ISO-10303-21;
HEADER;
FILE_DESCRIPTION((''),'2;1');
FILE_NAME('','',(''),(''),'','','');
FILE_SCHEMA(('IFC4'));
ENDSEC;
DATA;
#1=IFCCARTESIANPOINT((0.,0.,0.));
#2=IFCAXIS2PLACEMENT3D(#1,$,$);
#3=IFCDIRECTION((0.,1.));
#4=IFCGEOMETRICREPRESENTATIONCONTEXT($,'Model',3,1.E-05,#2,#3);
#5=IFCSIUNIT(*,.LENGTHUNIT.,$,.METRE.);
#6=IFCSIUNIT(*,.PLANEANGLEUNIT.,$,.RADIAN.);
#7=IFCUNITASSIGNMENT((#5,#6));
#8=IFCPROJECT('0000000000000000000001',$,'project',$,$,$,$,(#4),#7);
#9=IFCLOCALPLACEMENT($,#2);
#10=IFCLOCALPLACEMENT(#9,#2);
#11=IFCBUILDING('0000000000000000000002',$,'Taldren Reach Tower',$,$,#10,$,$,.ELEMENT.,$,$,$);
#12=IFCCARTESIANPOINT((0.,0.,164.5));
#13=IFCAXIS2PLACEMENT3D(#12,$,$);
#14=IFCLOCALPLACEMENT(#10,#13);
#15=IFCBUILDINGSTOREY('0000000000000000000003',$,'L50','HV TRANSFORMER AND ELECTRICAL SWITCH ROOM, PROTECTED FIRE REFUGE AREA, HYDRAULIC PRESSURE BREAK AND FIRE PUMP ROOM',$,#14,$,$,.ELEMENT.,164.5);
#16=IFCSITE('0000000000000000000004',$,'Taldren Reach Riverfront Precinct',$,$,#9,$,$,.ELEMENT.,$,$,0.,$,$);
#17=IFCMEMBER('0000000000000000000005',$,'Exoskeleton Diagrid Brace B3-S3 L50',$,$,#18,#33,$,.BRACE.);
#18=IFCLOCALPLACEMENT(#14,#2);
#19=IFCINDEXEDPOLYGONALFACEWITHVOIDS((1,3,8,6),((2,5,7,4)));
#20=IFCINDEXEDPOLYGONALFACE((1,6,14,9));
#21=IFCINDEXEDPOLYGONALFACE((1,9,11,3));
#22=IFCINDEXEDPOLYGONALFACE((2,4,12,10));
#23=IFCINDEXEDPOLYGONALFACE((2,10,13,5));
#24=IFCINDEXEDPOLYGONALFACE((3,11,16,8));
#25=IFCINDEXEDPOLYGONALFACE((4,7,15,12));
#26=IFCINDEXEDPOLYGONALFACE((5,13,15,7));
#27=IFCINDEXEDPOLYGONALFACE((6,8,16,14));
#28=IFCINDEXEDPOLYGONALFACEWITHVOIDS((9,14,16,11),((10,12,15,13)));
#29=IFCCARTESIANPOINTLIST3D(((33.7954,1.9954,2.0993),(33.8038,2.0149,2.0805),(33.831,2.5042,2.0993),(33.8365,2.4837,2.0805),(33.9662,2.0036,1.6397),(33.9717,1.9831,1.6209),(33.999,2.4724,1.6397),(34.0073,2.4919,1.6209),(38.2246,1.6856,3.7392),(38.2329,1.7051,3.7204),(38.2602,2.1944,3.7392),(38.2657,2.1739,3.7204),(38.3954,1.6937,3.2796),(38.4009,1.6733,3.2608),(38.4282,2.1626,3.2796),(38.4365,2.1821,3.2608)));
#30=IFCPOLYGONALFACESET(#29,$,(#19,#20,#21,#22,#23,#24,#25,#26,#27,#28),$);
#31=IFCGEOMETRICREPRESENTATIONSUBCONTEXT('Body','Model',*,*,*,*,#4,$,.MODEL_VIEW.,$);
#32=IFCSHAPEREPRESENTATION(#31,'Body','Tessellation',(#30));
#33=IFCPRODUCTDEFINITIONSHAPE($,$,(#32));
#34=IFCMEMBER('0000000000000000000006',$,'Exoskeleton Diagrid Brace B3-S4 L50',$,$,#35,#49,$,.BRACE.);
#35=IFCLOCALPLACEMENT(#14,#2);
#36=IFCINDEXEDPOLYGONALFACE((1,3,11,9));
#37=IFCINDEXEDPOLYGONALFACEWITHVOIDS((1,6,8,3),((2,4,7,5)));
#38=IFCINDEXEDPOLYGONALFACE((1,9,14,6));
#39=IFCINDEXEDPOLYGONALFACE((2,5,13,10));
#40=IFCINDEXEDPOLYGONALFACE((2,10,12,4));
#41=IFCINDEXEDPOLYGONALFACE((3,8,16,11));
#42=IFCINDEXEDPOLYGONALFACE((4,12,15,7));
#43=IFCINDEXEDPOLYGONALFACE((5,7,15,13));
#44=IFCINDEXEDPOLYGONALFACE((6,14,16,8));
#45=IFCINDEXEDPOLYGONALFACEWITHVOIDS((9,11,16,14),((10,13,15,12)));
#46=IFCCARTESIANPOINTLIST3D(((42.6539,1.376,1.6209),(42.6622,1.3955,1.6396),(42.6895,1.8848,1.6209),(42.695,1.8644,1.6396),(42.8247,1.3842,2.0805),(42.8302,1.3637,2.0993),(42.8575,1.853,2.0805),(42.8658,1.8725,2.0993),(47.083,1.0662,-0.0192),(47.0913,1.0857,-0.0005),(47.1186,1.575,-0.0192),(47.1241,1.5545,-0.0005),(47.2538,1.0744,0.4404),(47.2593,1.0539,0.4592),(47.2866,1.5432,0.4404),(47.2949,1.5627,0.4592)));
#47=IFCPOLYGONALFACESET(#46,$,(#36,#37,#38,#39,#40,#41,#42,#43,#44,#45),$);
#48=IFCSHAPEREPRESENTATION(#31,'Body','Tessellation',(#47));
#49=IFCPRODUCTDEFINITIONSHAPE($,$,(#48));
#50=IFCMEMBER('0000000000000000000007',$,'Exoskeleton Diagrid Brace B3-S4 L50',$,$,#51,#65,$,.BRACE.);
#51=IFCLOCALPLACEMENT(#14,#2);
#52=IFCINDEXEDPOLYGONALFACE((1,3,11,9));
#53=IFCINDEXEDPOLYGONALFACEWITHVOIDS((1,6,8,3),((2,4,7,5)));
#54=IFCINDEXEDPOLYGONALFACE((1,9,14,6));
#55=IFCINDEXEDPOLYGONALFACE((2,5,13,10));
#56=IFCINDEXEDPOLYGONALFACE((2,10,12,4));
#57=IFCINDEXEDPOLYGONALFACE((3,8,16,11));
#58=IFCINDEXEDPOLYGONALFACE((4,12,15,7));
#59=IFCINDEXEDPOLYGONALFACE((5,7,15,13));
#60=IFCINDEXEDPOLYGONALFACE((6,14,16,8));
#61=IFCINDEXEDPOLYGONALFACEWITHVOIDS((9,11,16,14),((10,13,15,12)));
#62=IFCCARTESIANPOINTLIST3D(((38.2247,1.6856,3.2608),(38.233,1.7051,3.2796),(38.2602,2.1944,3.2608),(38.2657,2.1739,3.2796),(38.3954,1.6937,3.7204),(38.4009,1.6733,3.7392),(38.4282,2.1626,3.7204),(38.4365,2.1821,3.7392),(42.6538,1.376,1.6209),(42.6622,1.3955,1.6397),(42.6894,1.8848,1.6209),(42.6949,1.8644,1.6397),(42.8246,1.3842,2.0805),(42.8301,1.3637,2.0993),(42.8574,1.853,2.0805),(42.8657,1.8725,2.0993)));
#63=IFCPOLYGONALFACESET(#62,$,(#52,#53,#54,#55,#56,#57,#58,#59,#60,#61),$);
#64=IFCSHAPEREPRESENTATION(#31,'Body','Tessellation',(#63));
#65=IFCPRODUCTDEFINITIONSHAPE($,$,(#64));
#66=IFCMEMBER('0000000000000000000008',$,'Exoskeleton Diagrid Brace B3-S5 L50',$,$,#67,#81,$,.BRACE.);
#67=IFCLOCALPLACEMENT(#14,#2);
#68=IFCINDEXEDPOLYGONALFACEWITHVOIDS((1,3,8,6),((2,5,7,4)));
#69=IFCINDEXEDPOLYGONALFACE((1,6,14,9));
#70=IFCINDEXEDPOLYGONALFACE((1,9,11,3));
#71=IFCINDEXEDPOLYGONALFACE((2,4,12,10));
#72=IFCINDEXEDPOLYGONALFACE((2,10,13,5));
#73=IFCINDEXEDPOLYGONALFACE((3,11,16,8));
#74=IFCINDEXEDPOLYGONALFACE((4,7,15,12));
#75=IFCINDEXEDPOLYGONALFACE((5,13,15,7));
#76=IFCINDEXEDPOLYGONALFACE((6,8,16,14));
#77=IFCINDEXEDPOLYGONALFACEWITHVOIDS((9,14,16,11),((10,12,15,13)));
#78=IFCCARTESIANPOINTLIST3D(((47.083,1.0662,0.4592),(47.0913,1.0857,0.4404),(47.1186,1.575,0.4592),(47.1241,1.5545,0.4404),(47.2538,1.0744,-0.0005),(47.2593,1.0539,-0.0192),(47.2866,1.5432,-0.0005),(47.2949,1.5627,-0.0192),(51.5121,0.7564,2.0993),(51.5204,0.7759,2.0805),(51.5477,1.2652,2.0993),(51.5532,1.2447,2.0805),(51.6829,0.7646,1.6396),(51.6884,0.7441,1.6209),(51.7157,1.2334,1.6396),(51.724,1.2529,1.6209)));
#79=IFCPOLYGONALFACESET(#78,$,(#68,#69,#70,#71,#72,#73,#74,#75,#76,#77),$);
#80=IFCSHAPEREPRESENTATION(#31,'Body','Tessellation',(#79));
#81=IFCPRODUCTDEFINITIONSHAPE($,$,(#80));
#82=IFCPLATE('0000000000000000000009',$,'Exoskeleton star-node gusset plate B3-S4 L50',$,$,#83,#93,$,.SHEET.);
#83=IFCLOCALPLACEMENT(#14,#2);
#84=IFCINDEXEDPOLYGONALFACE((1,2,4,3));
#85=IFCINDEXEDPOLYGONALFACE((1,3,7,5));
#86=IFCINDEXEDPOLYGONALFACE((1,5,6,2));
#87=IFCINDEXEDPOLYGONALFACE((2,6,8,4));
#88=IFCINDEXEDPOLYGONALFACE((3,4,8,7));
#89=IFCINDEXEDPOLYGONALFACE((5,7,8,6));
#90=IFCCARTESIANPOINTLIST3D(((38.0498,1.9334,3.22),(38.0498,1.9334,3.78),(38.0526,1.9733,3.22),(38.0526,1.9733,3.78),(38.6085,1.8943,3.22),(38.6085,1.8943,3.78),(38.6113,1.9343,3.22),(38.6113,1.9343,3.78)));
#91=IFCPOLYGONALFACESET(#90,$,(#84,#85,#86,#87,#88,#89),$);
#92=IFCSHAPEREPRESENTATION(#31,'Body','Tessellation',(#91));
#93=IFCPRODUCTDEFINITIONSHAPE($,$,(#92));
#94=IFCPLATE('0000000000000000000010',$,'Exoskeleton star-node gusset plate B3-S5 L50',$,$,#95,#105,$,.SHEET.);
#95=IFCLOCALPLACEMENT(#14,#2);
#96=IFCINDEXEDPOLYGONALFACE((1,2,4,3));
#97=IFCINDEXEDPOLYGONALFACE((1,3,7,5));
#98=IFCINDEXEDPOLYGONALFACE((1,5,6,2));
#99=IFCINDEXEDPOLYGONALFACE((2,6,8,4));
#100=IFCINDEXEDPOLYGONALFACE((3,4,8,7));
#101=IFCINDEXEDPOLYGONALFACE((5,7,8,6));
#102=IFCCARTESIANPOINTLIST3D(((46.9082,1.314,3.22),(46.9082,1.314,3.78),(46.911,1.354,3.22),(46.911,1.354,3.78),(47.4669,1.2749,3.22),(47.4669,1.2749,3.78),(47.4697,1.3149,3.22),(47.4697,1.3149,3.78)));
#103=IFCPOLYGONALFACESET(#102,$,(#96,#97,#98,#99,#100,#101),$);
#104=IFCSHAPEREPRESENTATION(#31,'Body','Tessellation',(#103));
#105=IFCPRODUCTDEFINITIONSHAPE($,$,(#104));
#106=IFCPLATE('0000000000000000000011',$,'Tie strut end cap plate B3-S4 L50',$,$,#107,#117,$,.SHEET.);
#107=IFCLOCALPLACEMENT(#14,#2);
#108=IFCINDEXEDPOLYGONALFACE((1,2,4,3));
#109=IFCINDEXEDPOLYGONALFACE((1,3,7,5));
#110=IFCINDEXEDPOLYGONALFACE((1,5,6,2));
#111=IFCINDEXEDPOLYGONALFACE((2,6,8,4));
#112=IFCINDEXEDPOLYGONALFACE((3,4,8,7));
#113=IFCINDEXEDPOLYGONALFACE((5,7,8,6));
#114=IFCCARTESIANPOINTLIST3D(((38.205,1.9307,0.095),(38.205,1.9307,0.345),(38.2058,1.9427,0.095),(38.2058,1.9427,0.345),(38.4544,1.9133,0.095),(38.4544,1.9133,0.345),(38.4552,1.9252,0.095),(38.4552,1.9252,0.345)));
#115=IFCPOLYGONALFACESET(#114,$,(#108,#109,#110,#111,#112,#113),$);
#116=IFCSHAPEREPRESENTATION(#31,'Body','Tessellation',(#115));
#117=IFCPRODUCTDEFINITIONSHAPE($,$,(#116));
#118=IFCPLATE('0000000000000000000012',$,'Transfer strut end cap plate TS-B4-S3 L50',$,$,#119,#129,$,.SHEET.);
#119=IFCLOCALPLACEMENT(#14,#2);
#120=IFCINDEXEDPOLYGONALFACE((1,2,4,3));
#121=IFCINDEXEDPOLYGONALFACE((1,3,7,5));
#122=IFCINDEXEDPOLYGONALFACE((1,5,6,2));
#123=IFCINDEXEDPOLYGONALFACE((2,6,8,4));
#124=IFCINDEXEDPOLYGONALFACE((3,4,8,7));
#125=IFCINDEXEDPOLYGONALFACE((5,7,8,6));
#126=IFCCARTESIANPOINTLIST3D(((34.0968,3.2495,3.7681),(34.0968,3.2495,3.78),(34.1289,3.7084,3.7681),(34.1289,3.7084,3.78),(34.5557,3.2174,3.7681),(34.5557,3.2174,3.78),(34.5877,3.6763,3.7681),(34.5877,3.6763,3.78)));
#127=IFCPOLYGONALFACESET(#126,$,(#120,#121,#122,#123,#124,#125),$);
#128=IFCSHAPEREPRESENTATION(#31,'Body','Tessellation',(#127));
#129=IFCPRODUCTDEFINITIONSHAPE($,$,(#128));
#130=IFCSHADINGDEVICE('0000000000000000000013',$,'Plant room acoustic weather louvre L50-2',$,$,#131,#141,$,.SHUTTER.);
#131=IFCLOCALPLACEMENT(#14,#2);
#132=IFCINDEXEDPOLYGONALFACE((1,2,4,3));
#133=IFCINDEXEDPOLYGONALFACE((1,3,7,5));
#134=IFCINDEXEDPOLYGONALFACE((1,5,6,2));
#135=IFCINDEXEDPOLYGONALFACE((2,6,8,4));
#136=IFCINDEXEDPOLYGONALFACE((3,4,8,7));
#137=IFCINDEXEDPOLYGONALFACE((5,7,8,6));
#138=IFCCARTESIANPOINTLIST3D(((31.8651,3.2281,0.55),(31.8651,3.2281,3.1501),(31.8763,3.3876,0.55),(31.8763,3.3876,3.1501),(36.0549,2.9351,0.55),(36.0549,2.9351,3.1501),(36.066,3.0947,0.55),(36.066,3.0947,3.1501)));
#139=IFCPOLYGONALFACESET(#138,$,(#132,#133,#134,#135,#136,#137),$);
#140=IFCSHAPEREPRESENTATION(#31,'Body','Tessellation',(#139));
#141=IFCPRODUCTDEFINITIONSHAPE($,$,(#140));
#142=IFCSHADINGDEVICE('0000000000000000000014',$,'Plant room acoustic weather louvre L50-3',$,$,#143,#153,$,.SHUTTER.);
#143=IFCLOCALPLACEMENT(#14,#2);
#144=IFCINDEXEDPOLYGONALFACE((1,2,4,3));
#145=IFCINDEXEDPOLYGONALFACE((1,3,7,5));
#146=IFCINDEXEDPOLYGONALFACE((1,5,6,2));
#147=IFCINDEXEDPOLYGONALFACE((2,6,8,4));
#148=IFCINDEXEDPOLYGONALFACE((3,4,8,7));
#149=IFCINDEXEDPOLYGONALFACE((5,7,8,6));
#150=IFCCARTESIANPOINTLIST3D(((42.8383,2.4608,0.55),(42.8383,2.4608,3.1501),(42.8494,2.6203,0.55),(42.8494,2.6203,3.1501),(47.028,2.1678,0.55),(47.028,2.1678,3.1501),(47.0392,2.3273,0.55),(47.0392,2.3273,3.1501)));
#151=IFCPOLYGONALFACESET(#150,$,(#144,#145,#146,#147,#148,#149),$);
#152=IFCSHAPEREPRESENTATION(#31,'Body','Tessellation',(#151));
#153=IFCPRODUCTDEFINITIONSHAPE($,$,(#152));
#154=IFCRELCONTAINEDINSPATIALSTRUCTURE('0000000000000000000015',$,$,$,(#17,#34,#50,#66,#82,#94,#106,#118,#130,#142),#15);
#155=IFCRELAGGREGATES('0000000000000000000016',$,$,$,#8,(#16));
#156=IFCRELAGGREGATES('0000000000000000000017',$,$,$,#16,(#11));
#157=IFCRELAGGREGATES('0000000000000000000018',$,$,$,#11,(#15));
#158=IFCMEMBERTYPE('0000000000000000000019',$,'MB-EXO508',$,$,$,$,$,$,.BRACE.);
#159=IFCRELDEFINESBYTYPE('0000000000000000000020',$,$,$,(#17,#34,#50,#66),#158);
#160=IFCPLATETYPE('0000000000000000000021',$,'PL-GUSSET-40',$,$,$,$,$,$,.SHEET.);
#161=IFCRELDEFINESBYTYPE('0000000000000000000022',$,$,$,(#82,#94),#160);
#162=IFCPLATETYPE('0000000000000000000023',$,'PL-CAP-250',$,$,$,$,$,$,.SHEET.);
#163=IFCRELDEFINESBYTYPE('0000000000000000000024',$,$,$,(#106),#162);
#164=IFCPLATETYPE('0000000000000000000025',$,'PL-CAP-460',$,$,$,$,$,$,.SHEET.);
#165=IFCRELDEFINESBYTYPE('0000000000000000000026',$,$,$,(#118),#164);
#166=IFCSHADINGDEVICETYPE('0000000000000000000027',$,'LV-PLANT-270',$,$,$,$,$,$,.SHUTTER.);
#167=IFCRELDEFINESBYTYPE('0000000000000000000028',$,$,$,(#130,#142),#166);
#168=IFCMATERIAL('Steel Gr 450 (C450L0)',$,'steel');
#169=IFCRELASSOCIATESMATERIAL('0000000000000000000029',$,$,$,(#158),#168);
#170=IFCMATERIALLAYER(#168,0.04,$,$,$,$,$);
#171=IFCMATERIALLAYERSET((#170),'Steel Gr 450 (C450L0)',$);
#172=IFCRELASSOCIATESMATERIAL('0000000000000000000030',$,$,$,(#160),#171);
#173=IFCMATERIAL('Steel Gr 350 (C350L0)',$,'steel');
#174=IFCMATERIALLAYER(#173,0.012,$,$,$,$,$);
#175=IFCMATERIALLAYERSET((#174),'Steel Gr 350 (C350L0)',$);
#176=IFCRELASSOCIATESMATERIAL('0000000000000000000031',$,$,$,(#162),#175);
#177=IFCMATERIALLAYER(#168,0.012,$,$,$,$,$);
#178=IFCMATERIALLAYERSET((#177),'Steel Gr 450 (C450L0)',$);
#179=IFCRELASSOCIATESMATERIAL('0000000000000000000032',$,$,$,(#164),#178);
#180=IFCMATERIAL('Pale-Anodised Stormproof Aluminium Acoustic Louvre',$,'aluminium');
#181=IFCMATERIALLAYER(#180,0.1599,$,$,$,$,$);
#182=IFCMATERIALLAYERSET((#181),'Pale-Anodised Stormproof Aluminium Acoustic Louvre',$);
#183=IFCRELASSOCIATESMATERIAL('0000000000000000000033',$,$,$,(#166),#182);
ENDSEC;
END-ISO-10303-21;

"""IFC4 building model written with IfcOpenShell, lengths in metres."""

from ifc_helpers import new_model, si_unit, direction, frame, origin, origin_2d, place, context, subcontext, project, spatial, rectangle, hollow_rectangle, extrude, source, transform, mapped, material, layer, layer_set, material_profile, profile_set, type_object, element, save


model = new_model("IFC4")

# Units and contexts
model_context = context("Model", 3, precision=1e-05, world=origin(), true_north=direction((0.0, 1.0)))
body_context = subcontext(model_context, "Body", "Model", "MODEL_VIEW")
ifc_project = project(units=[si_unit("LENGTHUNIT", "METRE"), si_unit("PLANEANGLEUNIT", "RADIAN")], contexts=[model_context])

# Site, building, storey
site_placement = place(None, origin())
site = spatial("IfcSite", under=ifc_project, at=site_placement, Name="Taldren Reach Riverfront Precinct", CompositionType="ELEMENT", RefElevation=0.0)
building_placement = place(site_placement, origin())
building = spatial("IfcBuilding", under=site, at=building_placement, Name="Taldren Reach Tower", CompositionType="ELEMENT")
storey_placement = place(building_placement, frame((0.0, 0.0, 164.5)))
storey = spatial("IfcBuildingStorey", under=building, at=storey_placement, Name="L50", Description="HV TRANSFORMER AND ELECTRICAL SWITCH ROOM, PROTECTED FIRE REFUGE AREA, HYDRAULIC PRESSURE BREAK AND FIRE PUMP ROOM", CompositionType="ELEMENT", Elevation=164.5)

# Shared definitions
ifc_material_1 = material(Name="Steel Gr 450 (C450L0)", Category="steel")
ifc_material_2 = material(Name="Steel Gr 350 (C350L0)", Category="steel")

# Members
ifc_material_profile_1 = material_profile(ifc_material_1, hollow_rectangle(XDim=0.51, YDim=0.51, WallThickness=0.02, at=origin_2d()), Name="510x510x20.0SHS")
ifc_profile_set_1 = profile_set([ifc_material_profile_1], Name="Steel Gr 450 (C450L0)")
member_type_1 = type_object("IfcMemberType", Name="MB-EXO508", PredefinedType="BRACE", material=ifc_profile_set_1)
shared_shape_1 = source(origin(), body_context, "Body", "SweptSolid", [
    extrude(hollow_rectangle(XDim=0.51, YDim=0.51, WallThickness=0.02, at=origin_2d()), origin(), (0.0, 0.0, 1.0), 4.7332),
])
for number, where, z_axis, x_axis, name in (
    (1, (33.9014, 2.2437, 1.8601), (0.935776, -0.065456, 0.346467), (0.069778, 0.997563, 0.0), "Exoskeleton Diagrid Brace B3-S3 L50"),
    (2, (47.189, 1.3145, 0.22), (-0.935759, 0.065455, 0.346512), (-0.069778, -0.997563, 0.0), "Exoskeleton Diagrid Brace B3-S4 L50"),
    (3, (42.7598, 1.6243, 1.8601), (-0.935779, 0.065404, 0.346468), (-0.069723, -0.997566, 0.0), "Exoskeleton Diagrid Brace B3-S4 L50"),
    (4, (47.189, 1.3145, 0.22), (0.935759, -0.065455, 0.346512), (0.069778, 0.997563, 0.0), "Exoskeleton Diagrid Brace B3-S5 L50"),
):
    element("IfcMember", number, at=place(storey_placement, frame(where, z_axis=z_axis, x_axis=x_axis)), inside=storey, type_object=member_type_1, Name=name, PredefinedType="BRACE", context=body_context, shape_type="MappedRepresentation", body=[
        mapped(shared_shape_1, transform((0.0, 0.0, 0.0), scale=1.0)),
    ])

# Plates
ifc_layer_1 = layer(ifc_material_1, 0.04)
ifc_layer_set_1 = layer_set([ifc_layer_1], Name="Steel Gr 450 (C450L0)")
plate_type_1 = type_object("IfcPlateType", Name="PL-GUSSET-40", PredefinedType="SHEET", material=ifc_layer_set_1)
shared_shape_2 = source(origin(), body_context, "Body", "SweptSolid", [
    extrude(rectangle(XDim=0.5601, YDim=0.04, at=origin_2d()), origin(), (0.0, 0.0, 1.0), 0.5601),
])
for number, where, z_axis, x_axis, name in (
    (5, (38.3306, 1.9338, 3.22), (0.0, 0.0, 1.0), (0.997564, -0.069756, 0.0), "Exoskeleton star-node gusset plate B3-S4 L50"),
    (6, (47.189, 1.3145, 3.22), (0.0, 0.0, 1.0), (0.997564, -0.069756, 0.0), "Exoskeleton star-node gusset plate B3-S5 L50"),
):
    element("IfcPlate", number, at=place(storey_placement, frame(where, z_axis=z_axis, x_axis=x_axis)), inside=storey, type_object=plate_type_1, Name=name, PredefinedType="SHEET", context=body_context, shape_type="MappedRepresentation", body=[
        mapped(shared_shape_2, transform((0.0, 0.0, 0.0), scale=1.0)),
    ])
ifc_layer_2 = layer(ifc_material_2, 0.012)
ifc_layer_set_2 = layer_set([ifc_layer_2], Name="Steel Gr 350 (C350L0)")
plate_type_2 = type_object("IfcPlateType", Name="PL-CAP-250", PredefinedType="SHEET", material=ifc_layer_set_2)
shared_shape_3 = source(origin(), body_context, "Body", "SweptSolid", [
    extrude(rectangle(XDim=0.25, YDim=0.012, at=origin_2d()), origin(), (0.0, 0.0, 1.0), 0.25),
])
plate_1_placement = place(storey_placement, frame((38.3301, 1.928, 0.095), z_axis=(0.0, 0.0, 1.0), x_axis=(0.997564, -0.069756, 0.0)))
element("IfcPlate", 7, at=plate_1_placement, inside=storey, type_object=plate_type_2, Name="Tie strut end cap plate B3-S4 L50", PredefinedType="SHEET", context=body_context, shape_type="MappedRepresentation", body=[
    mapped(shared_shape_3, transform((0.0, 0.0, 0.0), scale=1.0)),
])
ifc_layer_3 = layer(ifc_material_1, 0.012)
ifc_layer_set_3 = layer_set([ifc_layer_3], Name="Steel Gr 450 (C450L0)")
plate_type_3 = type_object("IfcPlateType", Name="PL-CAP-460", PredefinedType="SHEET", material=ifc_layer_set_3)
shared_shape_4 = source(origin(), body_context, "Body", "SweptSolid", [
    extrude(rectangle(XDim=0.46, YDim=0.46, at=origin_2d()), origin(), (0.0, 0.0, 1.0), 0.012),
])
plate_2_placement = place(storey_placement, frame((34.3423, 3.4629, 3.7681), z_axis=(0.0, 0.0, 1.0), x_axis=(0.997564, -0.069756, 0.0)))
element("IfcPlate", 8, at=plate_2_placement, inside=storey, type_object=plate_type_3, Name="Transfer strut end cap plate TS-B4-S3 L50", PredefinedType="SHEET", context=body_context, shape_type="MappedRepresentation", body=[
    mapped(shared_shape_4, transform((0.0, 0.0, 0.0), scale=1.0)),
])

# Shading devices
ifc_material_3 = material(Name="Pale-Anodised Stormproof Aluminium Acoustic Louvre", Category="aluminium")
ifc_layer_4 = layer(ifc_material_3, 0.1599)
ifc_layer_set_4 = layer_set([ifc_layer_4], Name="Pale-Anodised Stormproof Aluminium Acoustic Louvre")
shading_device_type = type_object("IfcShadingDeviceType", Name="LV-PLANT-270", PredefinedType="SHUTTER", material=ifc_layer_set_4)
shared_shape_5 = source(origin(), body_context, "Body", "SweptSolid", [
    extrude(rectangle(XDim=4.2, YDim=0.1599, at=origin_2d()), origin(), (0.0, 0.0, 1.0), 2.6001),
])
for number, where, z_axis, x_axis, name in (
    (9, (33.9656, 3.1614, 0.55), (0.0, 0.0, 1.0), (0.997564, -0.069756, 0.0), "Plant room acoustic weather louvre L50-2"),
    (10, (44.9387, 2.394, 0.55), (0.0, 0.0, 1.0), (0.997564, -0.069756, 0.0), "Plant room acoustic weather louvre L50-3"),
):
    element("IfcShadingDevice", number, at=place(storey_placement, frame(where, z_axis=z_axis, x_axis=x_axis)), inside=storey, type_object=shading_device_type, Name=name, PredefinedType="SHUTTER", context=body_context, shape_type="MappedRepresentation", body=[
        mapped(shared_shape_5, transform((0.0, 0.0, 0.0), scale=1.0)),
    ])

save(model, "model.ifc")
